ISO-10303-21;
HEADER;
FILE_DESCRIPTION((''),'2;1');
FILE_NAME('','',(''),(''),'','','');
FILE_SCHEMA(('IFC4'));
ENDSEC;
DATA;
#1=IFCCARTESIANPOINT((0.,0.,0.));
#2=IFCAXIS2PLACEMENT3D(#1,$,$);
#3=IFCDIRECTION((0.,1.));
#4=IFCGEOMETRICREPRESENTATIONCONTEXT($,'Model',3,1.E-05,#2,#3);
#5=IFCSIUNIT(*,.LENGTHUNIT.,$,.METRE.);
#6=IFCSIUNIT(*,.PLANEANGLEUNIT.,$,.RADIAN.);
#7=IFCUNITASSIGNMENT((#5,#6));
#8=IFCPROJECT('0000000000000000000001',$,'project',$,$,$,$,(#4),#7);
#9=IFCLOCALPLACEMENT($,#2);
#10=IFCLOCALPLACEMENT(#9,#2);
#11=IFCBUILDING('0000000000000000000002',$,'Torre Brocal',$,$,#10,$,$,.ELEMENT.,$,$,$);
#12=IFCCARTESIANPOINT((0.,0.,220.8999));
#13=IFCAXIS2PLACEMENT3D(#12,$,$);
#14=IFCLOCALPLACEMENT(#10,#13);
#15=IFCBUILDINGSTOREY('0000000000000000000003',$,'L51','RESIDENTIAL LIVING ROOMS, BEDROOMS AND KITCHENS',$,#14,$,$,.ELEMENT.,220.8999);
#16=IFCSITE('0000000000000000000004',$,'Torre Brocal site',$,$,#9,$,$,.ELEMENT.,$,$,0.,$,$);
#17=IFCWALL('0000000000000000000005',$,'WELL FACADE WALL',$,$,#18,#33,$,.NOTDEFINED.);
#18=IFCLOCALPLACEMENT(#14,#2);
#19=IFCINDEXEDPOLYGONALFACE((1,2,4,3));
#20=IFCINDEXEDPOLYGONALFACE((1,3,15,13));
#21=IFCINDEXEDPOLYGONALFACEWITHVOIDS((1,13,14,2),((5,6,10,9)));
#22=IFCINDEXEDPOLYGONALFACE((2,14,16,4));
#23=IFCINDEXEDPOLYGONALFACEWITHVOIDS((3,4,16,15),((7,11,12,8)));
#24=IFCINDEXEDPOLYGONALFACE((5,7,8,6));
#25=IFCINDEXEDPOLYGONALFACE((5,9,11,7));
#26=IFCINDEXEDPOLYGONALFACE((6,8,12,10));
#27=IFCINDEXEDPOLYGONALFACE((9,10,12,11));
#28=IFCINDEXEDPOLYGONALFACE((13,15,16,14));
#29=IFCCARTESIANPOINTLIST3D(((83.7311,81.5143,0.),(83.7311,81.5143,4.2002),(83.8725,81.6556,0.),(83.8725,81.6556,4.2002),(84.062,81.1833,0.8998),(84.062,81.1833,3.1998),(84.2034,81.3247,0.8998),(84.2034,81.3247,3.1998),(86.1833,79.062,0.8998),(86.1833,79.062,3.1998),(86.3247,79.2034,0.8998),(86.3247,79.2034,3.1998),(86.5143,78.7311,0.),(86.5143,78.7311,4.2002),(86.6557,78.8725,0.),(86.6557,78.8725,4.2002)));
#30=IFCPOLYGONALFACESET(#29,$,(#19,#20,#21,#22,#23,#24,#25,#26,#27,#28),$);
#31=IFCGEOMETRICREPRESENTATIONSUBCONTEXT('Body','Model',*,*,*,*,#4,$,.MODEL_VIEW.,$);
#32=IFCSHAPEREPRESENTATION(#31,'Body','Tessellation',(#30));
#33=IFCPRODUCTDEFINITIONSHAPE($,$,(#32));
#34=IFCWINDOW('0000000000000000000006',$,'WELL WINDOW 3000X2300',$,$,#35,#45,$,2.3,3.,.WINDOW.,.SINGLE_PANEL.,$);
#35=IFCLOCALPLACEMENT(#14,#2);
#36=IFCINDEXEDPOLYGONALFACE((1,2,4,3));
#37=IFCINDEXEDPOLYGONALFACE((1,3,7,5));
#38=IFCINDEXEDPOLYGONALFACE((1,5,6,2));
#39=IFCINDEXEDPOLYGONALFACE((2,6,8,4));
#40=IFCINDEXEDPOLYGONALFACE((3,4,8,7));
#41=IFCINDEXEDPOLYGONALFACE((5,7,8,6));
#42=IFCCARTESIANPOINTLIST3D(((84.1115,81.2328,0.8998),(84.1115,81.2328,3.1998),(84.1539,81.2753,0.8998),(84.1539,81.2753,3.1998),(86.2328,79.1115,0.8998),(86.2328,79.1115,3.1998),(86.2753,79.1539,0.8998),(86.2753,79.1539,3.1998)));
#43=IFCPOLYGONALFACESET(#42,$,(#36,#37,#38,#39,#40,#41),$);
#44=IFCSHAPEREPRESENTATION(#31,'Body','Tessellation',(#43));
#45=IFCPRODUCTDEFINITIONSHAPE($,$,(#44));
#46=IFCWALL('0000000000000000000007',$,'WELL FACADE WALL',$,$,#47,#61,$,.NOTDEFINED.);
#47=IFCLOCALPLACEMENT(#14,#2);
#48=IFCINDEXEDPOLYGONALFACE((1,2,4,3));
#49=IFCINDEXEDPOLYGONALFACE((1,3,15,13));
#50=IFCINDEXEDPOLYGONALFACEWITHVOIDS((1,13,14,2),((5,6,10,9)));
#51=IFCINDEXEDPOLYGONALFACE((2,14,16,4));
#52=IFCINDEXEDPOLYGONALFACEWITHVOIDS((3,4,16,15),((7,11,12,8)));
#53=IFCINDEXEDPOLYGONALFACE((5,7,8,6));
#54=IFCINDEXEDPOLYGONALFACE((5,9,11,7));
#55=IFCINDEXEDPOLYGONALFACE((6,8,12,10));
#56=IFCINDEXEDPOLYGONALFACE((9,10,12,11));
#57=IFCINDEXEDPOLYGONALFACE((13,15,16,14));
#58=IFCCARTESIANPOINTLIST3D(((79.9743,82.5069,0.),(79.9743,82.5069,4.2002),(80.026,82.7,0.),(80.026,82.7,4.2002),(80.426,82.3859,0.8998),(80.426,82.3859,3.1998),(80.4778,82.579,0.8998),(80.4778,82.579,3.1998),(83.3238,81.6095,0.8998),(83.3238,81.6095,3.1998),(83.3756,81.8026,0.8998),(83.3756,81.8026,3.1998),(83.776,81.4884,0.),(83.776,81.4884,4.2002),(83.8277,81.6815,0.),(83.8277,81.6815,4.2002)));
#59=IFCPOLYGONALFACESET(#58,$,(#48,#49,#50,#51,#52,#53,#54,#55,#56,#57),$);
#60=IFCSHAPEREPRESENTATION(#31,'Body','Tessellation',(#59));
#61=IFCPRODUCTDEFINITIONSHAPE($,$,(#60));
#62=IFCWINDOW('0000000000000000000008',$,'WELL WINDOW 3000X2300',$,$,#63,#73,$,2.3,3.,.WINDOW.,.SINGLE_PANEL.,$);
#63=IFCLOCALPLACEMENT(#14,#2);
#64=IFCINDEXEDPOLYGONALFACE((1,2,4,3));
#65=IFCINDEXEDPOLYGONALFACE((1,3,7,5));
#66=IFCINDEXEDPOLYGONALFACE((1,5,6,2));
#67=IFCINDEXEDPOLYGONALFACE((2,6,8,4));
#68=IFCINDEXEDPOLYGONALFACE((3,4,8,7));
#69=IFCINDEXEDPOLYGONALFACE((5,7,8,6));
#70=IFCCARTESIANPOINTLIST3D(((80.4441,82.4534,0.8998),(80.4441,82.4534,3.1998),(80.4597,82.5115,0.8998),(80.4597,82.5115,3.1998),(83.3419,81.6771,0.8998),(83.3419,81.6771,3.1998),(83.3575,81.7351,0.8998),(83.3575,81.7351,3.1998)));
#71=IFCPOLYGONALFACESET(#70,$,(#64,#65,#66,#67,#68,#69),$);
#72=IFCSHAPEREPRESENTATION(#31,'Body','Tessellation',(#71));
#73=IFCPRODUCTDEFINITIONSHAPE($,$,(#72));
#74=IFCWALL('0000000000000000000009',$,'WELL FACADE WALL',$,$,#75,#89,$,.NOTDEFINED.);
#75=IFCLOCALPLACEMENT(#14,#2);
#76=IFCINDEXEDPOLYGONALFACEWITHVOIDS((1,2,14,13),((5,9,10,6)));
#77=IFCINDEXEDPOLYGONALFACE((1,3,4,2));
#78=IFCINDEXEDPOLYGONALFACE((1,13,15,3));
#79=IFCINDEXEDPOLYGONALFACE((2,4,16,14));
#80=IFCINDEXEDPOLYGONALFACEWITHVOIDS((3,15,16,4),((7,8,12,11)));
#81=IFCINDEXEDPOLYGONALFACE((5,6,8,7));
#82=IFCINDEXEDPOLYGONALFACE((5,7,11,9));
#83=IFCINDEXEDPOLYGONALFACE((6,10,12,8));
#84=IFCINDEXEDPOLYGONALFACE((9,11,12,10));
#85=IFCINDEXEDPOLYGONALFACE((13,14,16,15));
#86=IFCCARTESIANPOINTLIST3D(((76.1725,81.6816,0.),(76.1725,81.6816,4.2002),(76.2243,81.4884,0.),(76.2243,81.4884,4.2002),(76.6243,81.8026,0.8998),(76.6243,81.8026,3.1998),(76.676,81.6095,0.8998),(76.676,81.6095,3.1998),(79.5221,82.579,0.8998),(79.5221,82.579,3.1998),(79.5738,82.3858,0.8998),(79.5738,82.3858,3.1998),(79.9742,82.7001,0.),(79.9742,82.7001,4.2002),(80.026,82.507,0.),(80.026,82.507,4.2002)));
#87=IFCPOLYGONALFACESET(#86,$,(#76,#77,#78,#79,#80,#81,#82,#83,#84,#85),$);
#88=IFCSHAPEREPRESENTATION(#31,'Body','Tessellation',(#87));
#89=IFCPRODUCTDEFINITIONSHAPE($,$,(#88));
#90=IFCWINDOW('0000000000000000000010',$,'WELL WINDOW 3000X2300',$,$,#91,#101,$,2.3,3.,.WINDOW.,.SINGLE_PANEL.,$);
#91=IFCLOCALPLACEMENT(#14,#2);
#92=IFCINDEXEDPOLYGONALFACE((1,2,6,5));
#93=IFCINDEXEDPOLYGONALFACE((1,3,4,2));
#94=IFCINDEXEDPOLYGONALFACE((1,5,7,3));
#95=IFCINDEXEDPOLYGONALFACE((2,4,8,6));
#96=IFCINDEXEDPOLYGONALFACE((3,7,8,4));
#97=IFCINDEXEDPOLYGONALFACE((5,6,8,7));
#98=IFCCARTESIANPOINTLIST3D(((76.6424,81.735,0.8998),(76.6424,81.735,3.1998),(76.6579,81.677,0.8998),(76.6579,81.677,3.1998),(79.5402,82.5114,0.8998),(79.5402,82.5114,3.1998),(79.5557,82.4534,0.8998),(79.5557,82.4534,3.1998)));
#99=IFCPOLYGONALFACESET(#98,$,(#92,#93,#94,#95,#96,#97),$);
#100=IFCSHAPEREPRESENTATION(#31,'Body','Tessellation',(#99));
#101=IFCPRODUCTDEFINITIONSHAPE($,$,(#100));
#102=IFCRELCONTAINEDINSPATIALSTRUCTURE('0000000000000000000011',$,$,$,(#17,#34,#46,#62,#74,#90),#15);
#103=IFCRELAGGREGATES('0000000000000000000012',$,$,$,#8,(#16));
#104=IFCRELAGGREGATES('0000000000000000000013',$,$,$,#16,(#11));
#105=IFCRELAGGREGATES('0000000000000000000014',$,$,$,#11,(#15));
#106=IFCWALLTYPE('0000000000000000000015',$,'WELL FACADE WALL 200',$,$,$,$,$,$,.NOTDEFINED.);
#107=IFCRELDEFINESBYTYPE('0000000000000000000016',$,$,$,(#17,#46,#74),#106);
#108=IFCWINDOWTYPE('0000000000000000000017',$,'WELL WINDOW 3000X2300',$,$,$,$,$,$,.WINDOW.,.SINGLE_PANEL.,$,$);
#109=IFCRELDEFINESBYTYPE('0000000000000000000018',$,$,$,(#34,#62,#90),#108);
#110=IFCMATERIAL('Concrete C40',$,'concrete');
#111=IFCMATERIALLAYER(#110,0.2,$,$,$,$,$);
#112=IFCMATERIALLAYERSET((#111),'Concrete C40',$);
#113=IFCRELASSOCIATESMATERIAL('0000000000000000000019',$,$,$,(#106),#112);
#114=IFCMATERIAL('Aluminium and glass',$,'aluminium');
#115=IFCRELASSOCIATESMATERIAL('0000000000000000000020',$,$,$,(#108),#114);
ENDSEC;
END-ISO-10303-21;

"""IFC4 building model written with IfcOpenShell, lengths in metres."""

from ifc_helpers import new_model, si_unit, direction, frame, frame_2d, origin, place, context, subcontext, project, spatial, rectangle, extrude, material, layer, layer_set, type_object, element, fill, save


model = new_model("IFC4")

# Units and contexts
model_context = context("Model", 3, precision=1e-05, world=origin(), true_north=direction((0.0, 1.0)))
body_context = subcontext(model_context, "Body", "Model", "MODEL_VIEW")
ifc_project = project(units=[si_unit("LENGTHUNIT", "METRE"), si_unit("PLANEANGLEUNIT", "RADIAN")], contexts=[model_context])

# Site, building, storey
site_placement = place(None, origin())
site = spatial("IfcSite", under=ifc_project, at=site_placement, Name="Torre Brocal site", CompositionType="ELEMENT", RefElevation=0.0)
building_placement = place(site_placement, origin())
building = spatial("IfcBuilding", under=site, at=building_placement, Name="Torre Brocal", CompositionType="ELEMENT")
storey_placement = place(building_placement, frame((0.0, 0.0, 220.8999)))
storey = spatial("IfcBuildingStorey", under=building, at=storey_placement, Name="L51", Description="RESIDENTIAL LIVING ROOMS, BEDROOMS AND KITCHENS", CompositionType="ELEMENT", Elevation=220.8999)

# Walls, openings, windows
ifc_material_1 = material(Name="Concrete C40", Category="concrete")
ifc_layer_1 = layer(ifc_material_1, 0.2)
ifc_layer_set_1 = layer_set([ifc_layer_1], Name="Concrete C40")
wall_type_1 = type_object("IfcWallType", Name="WELL FACADE WALL 200", PredefinedType="NOTDEFINED", material=ifc_layer_set_1)
wall_1_placement = place(storey_placement, frame((86.585, 78.8018, 0.0), z_axis=(0.0, 0.0, 1.0), x_axis=(-0.707107, 0.707107, 0.0)))
wall_1 = element("IfcWall", 1, at=wall_1_placement, inside=storey, type_object=wall_type_1, Name="WELL FACADE WALL", PredefinedType="NOTDEFINED", context=body_context, shape_type="SweptSolid", body=[
    extrude(rectangle(XDim=3.936, YDim=0.2, at=frame_2d((1.968, 0.0))), origin(), (0.0, 0.0, 1.0), 4.2002),
])
opening_1_placement = place(wall_1_placement, frame((0.468, 0.0, 0.8999)))
opening_1 = element("IfcOpeningElement", 2, at=opening_1_placement, cuts=wall_1, PredefinedType="OPENING", context=body_context, shape_type="SweptSolid", body=[
    extrude(rectangle(XDim=3.0, YDim=2.3, at=frame_2d((1.5, 1.1499))), frame((0.0, 0.1099, 0.0), z_axis=(0.0, -1.0, 0.0), x_axis=(1.0, 0.0, 0.0)), (0.0, 0.0, 1.0), 0.22),
])
ifc_material_2 = material(Name="Aluminium and glass", Category="aluminium")
window_type = type_object("IfcWindowType", Name="WELL WINDOW 3000X2300", PartitioningType="SINGLE_PANEL", PredefinedType="WINDOW", material=ifc_material_2)
window_1_placement = place(opening_1_placement, origin())
window_1 = element("IfcWindow", 3, at=window_1_placement, inside=storey, type_object=window_type, Name="WELL WINDOW 3000X2300", OverallHeight=2.3, OverallWidth=3.0, PartitioningType="SINGLE_PANEL", PredefinedType="WINDOW", context=body_context, shape_type="SweptSolid", body=[
    extrude(rectangle(XDim=3.0, YDim=2.3, at=frame_2d((1.5, 1.1499))), frame((0.0, 0.03, 0.0), z_axis=(0.0, -1.0, 0.0), x_axis=(1.0, 0.0, 0.0)), (0.0, 0.0, 1.0), 0.0601),
])
fill(opening_1, window_1)
wall_2_placement = place(storey_placement, frame((83.8018, 81.585, 0.0), z_axis=(0.0, 0.0, 1.0), x_axis=(-0.965934, 0.25879, 0.0)))
wall_2 = element("IfcWall", 4, at=wall_2_placement, inside=storey, type_object=wall_type_1, Name="WELL FACADE WALL", PredefinedType="NOTDEFINED", context=body_context, shape_type="SweptSolid", body=[
    extrude(rectangle(XDim=3.9358, YDim=0.2, at=frame_2d((1.9678, 0.0))), origin(), (0.0, 0.0, 1.0), 4.2002),
])
opening_2_placement = place(wall_2_placement, frame((0.468, 0.0, 0.8999)))
opening_2 = element("IfcOpeningElement", 5, at=opening_2_placement, cuts=wall_2, PredefinedType="OPENING", context=body_context, shape_type="SweptSolid", body=[
    extrude(rectangle(XDim=3.0, YDim=2.3, at=frame_2d((1.5, 1.1499))), frame((0.0, 0.1099, 0.0), z_axis=(0.0, -1.0, 0.0), x_axis=(1.0, 0.0, 0.0)), (0.0, 0.0, 1.0), 0.22),
])
window_2_placement = place(opening_2_placement, origin())
window_2 = element("IfcWindow", 6, at=window_2_placement, inside=storey, type_object=window_type, Name="WELL WINDOW 3000X2300", OverallHeight=2.3, OverallWidth=3.0, PartitioningType="SINGLE_PANEL", PredefinedType="WINDOW", context=body_context, shape_type="SweptSolid", body=[
    extrude(rectangle(XDim=3.0, YDim=2.3, at=frame_2d((1.5, 1.1499))), frame((0.0, 0.03, 0.0), z_axis=(0.0, -1.0, 0.0), x_axis=(1.0, 0.0, 0.0)), (0.0, 0.0, 1.0), 0.0601),
])
fill(opening_2, window_2)
wall_3_placement = place(storey_placement, frame((80.0, 82.6035, 0.0), z_axis=(0.0, 0.0, 1.0), x_axis=(-0.965934, -0.25879, 0.0)))
wall_3 = element("IfcWall", 7, at=wall_3_placement, inside=storey, type_object=wall_type_1, Name="WELL FACADE WALL", PredefinedType="NOTDEFINED", context=body_context, shape_type="SweptSolid", body=[
    extrude(rectangle(XDim=3.9358, YDim=0.2, at=frame_2d((1.9678, 0.0))), origin(), (0.0, 0.0, 1.0), 4.2002),
])
opening_3_placement = place(wall_3_placement, frame((0.468, 0.0, 0.8999)))
opening_3 = element("IfcOpeningElement", 8, at=opening_3_placement, cuts=wall_3, PredefinedType="OPENING", context=body_context, shape_type="SweptSolid", body=[
    extrude(rectangle(XDim=3.0, YDim=2.3, at=frame_2d((1.5, 1.1499))), frame((0.0, 0.1099, 0.0), z_axis=(0.0, -1.0, 0.0), x_axis=(1.0, 0.0, 0.0)), (0.0, 0.0, 1.0), 0.22),
])
window_3_placement = place(opening_3_placement, origin())
window_3 = element("IfcWindow", 9, at=window_3_placement, inside=storey, type_object=window_type, Name="WELL WINDOW 3000X2300", OverallHeight=2.3, OverallWidth=3.0, PartitioningType="SINGLE_PANEL", PredefinedType="WINDOW", context=body_context, shape_type="SweptSolid", body=[
    extrude(rectangle(XDim=3.0, YDim=2.3, at=frame_2d((1.5, 1.1499))), frame((0.0, 0.03, 0.0), z_axis=(0.0, -1.0, 0.0), x_axis=(1.0, 0.0, 0.0)), (0.0, 0.0, 1.0), 0.0601),
])
fill(opening_3, window_3)

save(model, "model.ifc")
